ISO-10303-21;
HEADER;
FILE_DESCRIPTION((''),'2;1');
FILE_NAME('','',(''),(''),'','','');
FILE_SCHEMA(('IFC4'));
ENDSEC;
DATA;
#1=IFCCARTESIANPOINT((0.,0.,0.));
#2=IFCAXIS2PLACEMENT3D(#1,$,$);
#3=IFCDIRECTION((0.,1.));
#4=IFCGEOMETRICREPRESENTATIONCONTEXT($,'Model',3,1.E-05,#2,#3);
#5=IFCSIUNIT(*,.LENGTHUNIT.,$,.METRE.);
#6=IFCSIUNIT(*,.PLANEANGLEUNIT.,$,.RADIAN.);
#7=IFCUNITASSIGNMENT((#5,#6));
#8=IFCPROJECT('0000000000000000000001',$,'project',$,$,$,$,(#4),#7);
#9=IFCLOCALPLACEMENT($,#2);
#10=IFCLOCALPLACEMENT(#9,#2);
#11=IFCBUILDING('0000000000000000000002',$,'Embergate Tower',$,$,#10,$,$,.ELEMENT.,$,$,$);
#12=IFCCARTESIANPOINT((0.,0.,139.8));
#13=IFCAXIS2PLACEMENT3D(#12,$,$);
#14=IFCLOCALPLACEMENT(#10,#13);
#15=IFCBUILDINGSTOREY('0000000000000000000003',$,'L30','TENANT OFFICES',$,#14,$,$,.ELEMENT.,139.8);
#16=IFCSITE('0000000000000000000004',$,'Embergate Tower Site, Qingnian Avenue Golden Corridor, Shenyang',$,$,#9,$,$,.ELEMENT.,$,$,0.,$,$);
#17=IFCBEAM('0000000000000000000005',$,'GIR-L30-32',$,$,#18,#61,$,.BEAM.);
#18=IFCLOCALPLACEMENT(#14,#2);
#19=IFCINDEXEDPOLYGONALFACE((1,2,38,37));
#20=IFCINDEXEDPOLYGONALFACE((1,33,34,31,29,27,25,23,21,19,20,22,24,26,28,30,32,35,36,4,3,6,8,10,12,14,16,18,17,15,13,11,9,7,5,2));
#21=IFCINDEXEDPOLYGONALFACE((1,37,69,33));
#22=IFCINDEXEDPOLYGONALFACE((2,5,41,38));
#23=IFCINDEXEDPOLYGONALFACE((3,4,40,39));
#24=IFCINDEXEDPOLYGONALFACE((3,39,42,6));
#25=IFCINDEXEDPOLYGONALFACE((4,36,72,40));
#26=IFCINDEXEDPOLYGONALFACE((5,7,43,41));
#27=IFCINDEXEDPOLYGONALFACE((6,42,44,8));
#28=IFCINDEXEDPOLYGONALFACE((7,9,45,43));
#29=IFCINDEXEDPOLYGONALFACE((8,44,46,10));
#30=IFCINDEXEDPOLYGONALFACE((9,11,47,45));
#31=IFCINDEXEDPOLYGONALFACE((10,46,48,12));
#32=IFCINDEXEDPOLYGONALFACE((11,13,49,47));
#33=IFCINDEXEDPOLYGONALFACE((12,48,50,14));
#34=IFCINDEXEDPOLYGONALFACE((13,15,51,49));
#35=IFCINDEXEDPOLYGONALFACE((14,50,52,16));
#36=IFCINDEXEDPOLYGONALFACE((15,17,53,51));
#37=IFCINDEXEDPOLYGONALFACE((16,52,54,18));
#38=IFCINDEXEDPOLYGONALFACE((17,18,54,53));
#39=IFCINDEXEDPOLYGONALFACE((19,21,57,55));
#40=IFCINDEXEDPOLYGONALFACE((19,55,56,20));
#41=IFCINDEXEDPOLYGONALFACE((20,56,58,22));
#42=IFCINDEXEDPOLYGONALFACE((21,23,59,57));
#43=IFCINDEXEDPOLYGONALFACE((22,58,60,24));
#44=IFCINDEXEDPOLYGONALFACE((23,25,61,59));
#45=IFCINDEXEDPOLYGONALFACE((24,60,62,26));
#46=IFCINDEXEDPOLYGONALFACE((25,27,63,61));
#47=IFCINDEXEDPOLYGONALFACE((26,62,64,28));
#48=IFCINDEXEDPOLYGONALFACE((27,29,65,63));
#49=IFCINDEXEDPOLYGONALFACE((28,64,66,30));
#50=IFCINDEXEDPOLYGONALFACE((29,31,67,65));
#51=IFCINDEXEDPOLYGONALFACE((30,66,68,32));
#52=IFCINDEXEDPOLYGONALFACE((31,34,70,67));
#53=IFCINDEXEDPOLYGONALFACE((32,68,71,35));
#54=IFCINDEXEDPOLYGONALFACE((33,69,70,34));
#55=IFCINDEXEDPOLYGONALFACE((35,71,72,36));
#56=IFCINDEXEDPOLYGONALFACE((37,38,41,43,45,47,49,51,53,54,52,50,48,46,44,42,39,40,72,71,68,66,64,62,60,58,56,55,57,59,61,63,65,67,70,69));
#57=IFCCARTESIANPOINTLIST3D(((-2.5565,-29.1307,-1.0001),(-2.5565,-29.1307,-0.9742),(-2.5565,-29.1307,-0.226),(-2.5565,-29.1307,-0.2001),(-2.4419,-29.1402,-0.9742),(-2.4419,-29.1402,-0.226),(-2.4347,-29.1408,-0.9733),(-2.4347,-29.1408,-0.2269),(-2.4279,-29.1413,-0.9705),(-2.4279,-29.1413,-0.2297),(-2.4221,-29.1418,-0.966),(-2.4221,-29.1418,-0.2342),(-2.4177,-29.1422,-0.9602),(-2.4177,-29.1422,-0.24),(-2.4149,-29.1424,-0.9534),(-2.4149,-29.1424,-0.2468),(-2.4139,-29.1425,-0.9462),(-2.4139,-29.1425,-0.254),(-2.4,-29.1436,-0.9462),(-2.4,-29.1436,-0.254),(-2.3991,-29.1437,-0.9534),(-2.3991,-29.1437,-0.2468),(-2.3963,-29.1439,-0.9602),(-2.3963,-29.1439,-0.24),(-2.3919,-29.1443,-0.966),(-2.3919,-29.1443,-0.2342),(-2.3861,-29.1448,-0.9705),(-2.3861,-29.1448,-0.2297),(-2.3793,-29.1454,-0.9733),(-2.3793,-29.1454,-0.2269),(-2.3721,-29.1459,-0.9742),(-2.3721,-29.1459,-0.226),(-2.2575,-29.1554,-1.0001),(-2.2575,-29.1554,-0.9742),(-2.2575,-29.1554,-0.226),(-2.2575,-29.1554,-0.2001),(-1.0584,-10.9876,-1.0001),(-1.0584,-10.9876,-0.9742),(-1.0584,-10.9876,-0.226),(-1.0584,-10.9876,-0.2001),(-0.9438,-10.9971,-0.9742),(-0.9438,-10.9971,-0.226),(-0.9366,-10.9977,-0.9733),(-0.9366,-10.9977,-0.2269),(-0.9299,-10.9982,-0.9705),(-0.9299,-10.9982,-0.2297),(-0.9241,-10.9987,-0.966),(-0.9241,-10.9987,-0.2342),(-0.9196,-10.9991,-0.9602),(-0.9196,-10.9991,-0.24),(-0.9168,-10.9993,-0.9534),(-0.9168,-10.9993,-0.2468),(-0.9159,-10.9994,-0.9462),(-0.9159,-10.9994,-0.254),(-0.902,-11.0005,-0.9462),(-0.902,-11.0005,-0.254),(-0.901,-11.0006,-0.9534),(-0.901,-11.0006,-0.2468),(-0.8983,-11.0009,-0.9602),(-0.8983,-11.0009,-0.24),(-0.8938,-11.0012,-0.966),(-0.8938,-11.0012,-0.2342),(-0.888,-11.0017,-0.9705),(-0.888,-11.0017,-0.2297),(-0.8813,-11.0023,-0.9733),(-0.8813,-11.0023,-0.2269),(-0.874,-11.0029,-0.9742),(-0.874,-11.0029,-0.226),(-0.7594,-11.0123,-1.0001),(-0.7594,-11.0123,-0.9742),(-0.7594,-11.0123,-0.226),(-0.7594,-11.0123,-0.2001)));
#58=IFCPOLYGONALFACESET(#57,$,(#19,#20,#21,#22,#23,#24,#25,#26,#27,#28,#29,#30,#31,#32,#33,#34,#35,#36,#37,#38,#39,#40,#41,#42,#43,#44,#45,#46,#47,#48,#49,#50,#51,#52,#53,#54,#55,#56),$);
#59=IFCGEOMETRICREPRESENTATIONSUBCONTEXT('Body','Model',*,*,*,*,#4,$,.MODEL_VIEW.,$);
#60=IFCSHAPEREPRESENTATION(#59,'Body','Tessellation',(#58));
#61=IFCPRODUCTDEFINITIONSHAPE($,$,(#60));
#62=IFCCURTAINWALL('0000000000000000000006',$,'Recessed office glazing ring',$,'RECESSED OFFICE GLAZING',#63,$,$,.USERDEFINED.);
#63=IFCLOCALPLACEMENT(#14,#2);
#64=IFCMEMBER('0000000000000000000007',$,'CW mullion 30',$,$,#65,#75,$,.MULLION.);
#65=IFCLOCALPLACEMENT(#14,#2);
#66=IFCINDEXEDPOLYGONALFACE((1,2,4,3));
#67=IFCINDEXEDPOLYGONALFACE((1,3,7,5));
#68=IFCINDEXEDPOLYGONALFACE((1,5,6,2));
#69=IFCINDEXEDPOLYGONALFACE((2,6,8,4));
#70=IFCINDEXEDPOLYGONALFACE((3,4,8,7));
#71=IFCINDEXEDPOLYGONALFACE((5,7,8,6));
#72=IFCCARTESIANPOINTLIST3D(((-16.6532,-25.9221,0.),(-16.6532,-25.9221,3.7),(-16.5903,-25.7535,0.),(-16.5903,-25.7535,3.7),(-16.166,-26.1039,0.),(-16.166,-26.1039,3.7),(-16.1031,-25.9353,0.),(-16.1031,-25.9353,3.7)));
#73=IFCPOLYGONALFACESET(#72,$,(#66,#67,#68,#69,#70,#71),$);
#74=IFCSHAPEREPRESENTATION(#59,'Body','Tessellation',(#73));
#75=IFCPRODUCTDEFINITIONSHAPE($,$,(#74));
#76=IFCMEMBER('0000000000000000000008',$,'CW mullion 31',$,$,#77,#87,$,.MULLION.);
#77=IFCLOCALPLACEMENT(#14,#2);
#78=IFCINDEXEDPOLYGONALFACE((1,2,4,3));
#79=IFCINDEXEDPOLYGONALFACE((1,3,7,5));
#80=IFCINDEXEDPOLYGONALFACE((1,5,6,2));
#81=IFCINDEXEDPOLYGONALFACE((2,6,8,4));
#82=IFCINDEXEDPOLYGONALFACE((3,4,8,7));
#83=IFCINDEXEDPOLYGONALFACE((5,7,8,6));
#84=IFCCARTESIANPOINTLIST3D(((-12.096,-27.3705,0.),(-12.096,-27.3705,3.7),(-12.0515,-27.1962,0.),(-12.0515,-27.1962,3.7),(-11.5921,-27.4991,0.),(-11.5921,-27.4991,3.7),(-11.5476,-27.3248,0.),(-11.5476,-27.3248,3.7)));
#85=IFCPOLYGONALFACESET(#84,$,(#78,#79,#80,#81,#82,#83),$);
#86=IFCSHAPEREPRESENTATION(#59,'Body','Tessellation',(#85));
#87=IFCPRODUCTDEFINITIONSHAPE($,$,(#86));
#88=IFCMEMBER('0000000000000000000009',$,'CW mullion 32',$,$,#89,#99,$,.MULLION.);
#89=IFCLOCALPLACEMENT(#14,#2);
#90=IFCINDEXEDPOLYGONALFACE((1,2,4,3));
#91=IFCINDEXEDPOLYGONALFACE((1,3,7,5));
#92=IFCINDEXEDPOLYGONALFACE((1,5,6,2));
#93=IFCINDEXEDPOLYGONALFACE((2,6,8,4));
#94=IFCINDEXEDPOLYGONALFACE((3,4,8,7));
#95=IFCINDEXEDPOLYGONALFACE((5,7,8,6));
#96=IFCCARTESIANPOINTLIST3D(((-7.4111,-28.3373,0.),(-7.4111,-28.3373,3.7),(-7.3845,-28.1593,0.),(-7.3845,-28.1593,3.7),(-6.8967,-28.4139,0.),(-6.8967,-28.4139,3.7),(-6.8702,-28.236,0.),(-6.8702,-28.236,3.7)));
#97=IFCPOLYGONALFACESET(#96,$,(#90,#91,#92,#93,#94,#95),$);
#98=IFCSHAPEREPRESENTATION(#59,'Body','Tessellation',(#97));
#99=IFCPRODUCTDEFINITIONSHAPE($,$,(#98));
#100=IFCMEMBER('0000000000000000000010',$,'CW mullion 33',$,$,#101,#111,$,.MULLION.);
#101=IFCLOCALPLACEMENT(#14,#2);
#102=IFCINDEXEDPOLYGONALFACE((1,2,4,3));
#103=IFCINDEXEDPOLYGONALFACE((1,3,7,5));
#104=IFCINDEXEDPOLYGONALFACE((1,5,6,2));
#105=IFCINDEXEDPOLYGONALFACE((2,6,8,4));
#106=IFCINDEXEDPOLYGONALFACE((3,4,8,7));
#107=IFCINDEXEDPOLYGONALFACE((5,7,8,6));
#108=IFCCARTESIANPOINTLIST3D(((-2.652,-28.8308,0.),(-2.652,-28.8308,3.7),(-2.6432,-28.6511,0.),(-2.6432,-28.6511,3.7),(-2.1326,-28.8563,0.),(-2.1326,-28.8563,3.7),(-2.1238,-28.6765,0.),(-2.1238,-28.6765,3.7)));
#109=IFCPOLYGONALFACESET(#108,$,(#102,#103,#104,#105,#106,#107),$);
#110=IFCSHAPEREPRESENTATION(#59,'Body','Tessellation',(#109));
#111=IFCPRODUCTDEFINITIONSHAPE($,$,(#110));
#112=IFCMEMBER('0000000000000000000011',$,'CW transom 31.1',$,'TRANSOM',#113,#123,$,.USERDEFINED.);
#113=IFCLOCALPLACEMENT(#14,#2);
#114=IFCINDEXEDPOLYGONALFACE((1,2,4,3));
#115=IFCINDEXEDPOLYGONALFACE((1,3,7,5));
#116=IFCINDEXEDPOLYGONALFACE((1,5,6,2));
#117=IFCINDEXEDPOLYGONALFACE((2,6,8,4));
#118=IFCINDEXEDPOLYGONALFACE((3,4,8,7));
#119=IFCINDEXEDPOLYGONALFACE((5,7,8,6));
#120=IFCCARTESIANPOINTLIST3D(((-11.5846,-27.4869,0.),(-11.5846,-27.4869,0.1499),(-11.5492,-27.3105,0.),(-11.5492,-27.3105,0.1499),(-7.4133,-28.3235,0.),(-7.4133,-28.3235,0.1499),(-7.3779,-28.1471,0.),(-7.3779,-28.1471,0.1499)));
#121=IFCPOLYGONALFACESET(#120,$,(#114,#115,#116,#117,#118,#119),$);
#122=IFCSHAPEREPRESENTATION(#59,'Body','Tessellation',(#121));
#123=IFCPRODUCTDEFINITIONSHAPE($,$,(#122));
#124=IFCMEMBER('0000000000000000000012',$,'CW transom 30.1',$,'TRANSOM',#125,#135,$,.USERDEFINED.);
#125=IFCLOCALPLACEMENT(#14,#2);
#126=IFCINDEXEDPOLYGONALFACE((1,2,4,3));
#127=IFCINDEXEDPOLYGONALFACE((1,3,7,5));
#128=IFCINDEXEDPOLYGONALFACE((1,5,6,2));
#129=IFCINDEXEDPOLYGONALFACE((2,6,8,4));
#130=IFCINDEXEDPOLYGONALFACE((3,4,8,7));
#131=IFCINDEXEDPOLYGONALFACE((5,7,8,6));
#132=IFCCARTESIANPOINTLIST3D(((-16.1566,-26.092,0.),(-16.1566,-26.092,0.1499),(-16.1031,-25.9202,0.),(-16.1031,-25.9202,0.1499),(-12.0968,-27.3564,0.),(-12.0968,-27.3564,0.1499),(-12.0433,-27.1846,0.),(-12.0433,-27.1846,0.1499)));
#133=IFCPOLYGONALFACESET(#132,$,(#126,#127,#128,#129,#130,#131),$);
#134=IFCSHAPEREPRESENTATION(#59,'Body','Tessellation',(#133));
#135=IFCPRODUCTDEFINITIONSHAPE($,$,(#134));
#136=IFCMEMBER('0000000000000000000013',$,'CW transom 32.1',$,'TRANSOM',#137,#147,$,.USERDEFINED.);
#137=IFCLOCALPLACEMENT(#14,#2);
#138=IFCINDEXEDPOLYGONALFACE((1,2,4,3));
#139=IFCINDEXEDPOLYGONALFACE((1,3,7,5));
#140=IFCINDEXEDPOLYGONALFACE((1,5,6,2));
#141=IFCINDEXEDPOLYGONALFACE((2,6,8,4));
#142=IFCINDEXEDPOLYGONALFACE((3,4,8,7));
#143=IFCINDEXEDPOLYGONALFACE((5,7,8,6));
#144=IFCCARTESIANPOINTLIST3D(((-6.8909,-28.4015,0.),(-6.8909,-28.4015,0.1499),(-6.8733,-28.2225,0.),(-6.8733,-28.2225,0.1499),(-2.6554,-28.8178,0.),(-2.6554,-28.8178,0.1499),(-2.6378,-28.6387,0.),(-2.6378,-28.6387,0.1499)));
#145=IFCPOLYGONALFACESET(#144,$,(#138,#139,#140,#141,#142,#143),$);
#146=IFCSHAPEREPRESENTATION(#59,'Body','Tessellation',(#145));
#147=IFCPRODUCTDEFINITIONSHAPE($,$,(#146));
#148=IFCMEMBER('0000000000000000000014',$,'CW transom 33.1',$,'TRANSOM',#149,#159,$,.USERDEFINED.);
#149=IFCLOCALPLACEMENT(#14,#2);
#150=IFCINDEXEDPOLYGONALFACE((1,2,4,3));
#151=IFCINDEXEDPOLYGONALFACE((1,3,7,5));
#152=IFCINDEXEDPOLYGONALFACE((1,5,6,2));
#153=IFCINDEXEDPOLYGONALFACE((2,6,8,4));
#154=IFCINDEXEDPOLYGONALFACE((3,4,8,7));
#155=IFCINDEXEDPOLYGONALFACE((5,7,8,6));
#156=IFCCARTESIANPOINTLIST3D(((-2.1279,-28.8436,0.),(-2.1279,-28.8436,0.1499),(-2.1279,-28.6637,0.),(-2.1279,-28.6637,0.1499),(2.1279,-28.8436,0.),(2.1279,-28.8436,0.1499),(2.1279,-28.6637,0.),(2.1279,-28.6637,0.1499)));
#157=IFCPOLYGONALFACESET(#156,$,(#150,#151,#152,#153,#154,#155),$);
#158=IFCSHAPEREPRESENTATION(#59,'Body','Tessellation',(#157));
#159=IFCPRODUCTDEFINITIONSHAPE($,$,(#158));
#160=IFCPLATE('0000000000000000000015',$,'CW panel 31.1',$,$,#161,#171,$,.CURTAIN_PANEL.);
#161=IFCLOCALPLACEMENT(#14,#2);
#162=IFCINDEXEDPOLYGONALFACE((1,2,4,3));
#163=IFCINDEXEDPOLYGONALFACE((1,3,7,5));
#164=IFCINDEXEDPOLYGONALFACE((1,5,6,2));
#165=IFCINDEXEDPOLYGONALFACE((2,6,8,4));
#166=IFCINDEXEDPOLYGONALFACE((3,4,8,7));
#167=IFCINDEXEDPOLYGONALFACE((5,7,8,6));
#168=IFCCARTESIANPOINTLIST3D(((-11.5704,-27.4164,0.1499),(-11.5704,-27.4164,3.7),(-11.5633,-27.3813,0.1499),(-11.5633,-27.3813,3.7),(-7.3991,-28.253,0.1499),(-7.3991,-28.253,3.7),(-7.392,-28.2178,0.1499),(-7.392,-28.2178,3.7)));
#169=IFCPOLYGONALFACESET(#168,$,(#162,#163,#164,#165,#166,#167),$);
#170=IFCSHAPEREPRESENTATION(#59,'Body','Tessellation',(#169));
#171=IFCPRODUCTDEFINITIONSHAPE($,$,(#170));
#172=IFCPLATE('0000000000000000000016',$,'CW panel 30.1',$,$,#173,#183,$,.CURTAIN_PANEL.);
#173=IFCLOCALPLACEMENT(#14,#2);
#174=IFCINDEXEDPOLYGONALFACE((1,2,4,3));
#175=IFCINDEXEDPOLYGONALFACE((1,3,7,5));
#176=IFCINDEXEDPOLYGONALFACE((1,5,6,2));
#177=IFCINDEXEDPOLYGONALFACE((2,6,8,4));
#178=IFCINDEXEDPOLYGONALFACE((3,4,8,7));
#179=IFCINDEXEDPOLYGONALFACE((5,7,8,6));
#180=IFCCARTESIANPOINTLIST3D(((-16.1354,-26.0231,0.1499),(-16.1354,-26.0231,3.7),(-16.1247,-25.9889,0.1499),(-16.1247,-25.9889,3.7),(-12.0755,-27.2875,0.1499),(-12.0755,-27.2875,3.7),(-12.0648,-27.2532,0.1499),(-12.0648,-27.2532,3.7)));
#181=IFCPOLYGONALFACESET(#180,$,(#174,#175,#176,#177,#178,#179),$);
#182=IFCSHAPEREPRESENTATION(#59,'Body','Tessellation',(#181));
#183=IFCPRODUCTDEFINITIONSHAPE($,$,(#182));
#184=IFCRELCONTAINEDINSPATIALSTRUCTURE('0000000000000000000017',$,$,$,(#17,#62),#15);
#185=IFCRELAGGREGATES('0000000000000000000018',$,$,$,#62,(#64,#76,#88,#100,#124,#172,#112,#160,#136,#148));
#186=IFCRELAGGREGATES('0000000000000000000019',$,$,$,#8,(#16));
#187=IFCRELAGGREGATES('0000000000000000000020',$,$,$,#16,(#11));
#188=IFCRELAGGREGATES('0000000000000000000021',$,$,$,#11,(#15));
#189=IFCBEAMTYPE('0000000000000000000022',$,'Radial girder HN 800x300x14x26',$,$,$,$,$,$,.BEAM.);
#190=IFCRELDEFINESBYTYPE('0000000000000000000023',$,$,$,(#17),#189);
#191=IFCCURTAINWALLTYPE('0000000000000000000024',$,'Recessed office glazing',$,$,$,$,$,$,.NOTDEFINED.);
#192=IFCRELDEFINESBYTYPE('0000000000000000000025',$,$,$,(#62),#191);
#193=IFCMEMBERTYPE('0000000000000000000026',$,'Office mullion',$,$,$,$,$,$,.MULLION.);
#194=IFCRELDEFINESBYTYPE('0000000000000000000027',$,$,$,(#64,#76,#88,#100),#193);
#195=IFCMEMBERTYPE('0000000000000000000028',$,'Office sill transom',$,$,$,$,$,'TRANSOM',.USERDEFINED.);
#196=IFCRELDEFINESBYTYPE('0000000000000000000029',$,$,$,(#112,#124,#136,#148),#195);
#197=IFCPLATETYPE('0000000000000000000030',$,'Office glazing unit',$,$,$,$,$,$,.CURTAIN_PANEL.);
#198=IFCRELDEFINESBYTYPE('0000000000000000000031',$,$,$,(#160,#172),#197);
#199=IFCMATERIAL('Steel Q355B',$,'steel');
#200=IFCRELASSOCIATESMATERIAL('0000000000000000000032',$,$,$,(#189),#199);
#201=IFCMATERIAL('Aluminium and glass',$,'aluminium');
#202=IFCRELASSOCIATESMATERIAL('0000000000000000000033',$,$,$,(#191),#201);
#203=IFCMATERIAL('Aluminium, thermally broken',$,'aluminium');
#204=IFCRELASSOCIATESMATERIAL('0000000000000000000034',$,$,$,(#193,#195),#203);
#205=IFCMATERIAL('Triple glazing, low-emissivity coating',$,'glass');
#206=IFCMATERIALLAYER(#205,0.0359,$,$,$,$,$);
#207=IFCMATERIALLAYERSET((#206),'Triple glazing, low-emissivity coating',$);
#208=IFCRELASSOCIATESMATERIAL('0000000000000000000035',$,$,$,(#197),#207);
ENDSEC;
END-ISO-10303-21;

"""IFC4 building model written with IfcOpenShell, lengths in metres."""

from ifc_helpers import new_model, si_unit, direction, frame, origin, origin_2d, place, context, subcontext, project, spatial, rectangle, i_section, extrude, source, transform, mapped, material, layer, layer_set, material_profile, profile_set, type_object, element, aggregate, save


model = new_model("IFC4")

# Units and contexts
model_context = context("Model", 3, precision=1e-05, world=origin(), true_north=direction((0.0, 1.0)))
body_context = subcontext(model_context, "Body", "Model", "MODEL_VIEW")
ifc_project = project(units=[si_unit("LENGTHUNIT", "METRE"), si_unit("PLANEANGLEUNIT", "RADIAN")], contexts=[model_context])

# Site, building, storey
site_placement = place(None, origin())
site = spatial("IfcSite", under=ifc_project, at=site_placement, Name="Embergate Tower Site, Qingnian Avenue Golden Corridor, Shenyang", CompositionType="ELEMENT", RefElevation=0.0)
building_placement = place(site_placement, origin())
building = spatial("IfcBuilding", under=site, at=building_placement, Name="Embergate Tower", CompositionType="ELEMENT")
storey_placement = place(building_placement, frame((0.0, 0.0, 139.8)))
storey = spatial("IfcBuildingStorey", under=building, at=storey_placement, Name="L30", Description="TENANT OFFICES", CompositionType="ELEMENT", Elevation=139.8)

# Beam
ifc_material_1 = material(Name="Steel Q355B", Category="steel")
ifc_material_profile_1 = material_profile(ifc_material_1, i_section(OverallWidth=0.3, OverallDepth=0.8, WebThickness=0.0139, FlangeThickness=0.0259, FilletRadius=0.0281, at=origin_2d()), Name="HN 800x300x14x26")
ifc_profile_set_1 = profile_set([ifc_material_profile_1], Name="Steel Q355 grade B")
beam_type_1 = type_object("IfcBeamType", Name="Radial girder HN 800x300x14x26", PredefinedType="BEAM", material=ifc_profile_set_1)
shared_shape_1 = source(origin(), body_context, "Body", "SweptSolid", [
    extrude(i_section(OverallWidth=0.3, OverallDepth=0.8, WebThickness=0.0139, FlangeThickness=0.0259, FilletRadius=0.0281, at=origin_2d()), origin(), (0.0, 0.0, 1.0), 18.2048),
])
beam_1_placement = place(storey_placement, frame((-2.407, -29.1431, -0.6001), z_axis=(0.082289, 0.996609, 0.0), x_axis=(-0.996609, 0.082289, 0.0)))
element("IfcBeam", 1, at=beam_1_placement, inside=storey, type_object=beam_type_1, Name="GIR-L30-32", PredefinedType="BEAM", context=body_context, shape_type="MappedRepresentation", body=[
    mapped(shared_shape_1, transform((0.0, 0.0, 0.0))),
])

# Curtain wall, members, plates
ifc_material_2 = material(Name="Aluminium and glass", Category="aluminium")
curtain_wall_type = type_object("IfcCurtainWallType", Name="Recessed office glazing", PredefinedType="NOTDEFINED", material=ifc_material_2)
curtain_wall_placement = place(storey_placement, origin())
curtain_wall = element("IfcCurtainWall", 2, at=curtain_wall_placement, inside=storey, type_object=curtain_wall_type, Name="Recessed office glazing ring", ObjectType="RECESSED OFFICE GLAZING", PredefinedType="USERDEFINED")
ifc_material_3 = material(Name="Aluminium, thermally broken", Category="aluminium")
ifc_material_profile_2 = material_profile(ifc_material_3, rectangle(XDim=0.1799, YDim=0.52, at=origin_2d()), Name="AL 520x180")
ifc_profile_set_2 = profile_set([ifc_material_profile_2], Name="Aluminium, thermally broken")
member_type_1 = type_object("IfcMemberType", Name="Office mullion", PredefinedType="MULLION", material=ifc_profile_set_2)
shared_shape_2 = source(origin(), body_context, "Body", "SweptSolid", [
    extrude(rectangle(XDim=0.1799, YDim=0.52, at=origin_2d()), origin(), (0.0, 0.0, 1.0), 3.7),
])
member_1_placement = place(storey_placement, frame((-16.3782, -25.9287, 0.0), z_axis=(0.0, 0.0, 1.0), x_axis=(0.349501, 0.936936, 0.0)))
member_1 = element("IfcMember", 3, at=member_1_placement, type_object=member_type_1, Name="CW mullion 30", PredefinedType="MULLION", context=body_context, shape_type="MappedRepresentation", body=[
    mapped(shared_shape_2, transform((0.0, 0.0, 0.0))),
])
member_2_placement = place(storey_placement, frame((-11.8218, -27.3477, 0.0), z_axis=(0.0, 0.0, 1.0), x_axis=(0.24731, 0.968936, 0.0)))
member_2 = element("IfcMember", 4, at=member_2_placement, type_object=member_type_1, Name="CW mullion 31", PredefinedType="MULLION", context=body_context, shape_type="MappedRepresentation", body=[
    mapped(shared_shape_2, transform((0.0, 0.0, 0.0))),
])
member_3_placement = place(storey_placement, frame((-7.1406, -28.2866, 0.0), z_axis=(0.0, 0.0, 1.0), x_axis=(0.147411, 0.989075, 0.0)))
member_3 = element("IfcMember", 5, at=member_3_placement, type_object=member_type_1, Name="CW mullion 32", PredefinedType="MULLION", context=body_context, shape_type="MappedRepresentation", body=[
    mapped(shared_shape_2, transform((0.0, 0.0, 0.0))),
])
member_4_placement = place(storey_placement, frame((-2.3879, -28.7537, 0.0), z_axis=(0.0, 0.0, 1.0), x_axis=(0.048972, 0.9988, 0.0)))
member_4 = element("IfcMember", 6, at=member_4_placement, type_object=member_type_1, Name="CW mullion 33", PredefinedType="MULLION", context=body_context, shape_type="MappedRepresentation", body=[
    mapped(shared_shape_2, transform((0.0, 0.0, 0.0))),
])
ifc_material_profile_3 = material_profile(ifc_material_3, rectangle(XDim=0.1799, YDim=0.1499, at=origin_2d()), Name="AL 150x180")
ifc_profile_set_3 = profile_set([ifc_material_profile_3], Name="Aluminium, thermally broken")
member_type_2 = type_object("IfcMemberType", Name="Office sill transom", ElementType="TRANSOM", PredefinedType="USERDEFINED", material=ifc_profile_set_3)
shared_shape_3 = source(origin(), body_context, "Body", "SweptSolid", [
    extrude(rectangle(XDim=0.1799, YDim=0.1499, at=origin_2d()), origin(), (0.0, 0.0, 1.0), 4.2544),
])
member_5_placement = place(storey_placement, frame((-11.5669, -27.3987, 0.075), z_axis=(0.980472, -0.196657, 0.0), x_axis=(0.196657, 0.980472, 0.0)))
member_5 = element("IfcMember", 7, at=member_5_placement, type_object=member_type_2, Name="CW transom 31.1", ObjectType="TRANSOM", PredefinedType="USERDEFINED", context=body_context, shape_type="MappedRepresentation", body=[
    mapped(shared_shape_3, transform((0.0, 0.0, 0.0))),
])
shared_shape_4 = source(origin(), body_context, "Body", "SweptSolid", [
    extrude(rectangle(XDim=0.1799, YDim=0.1499, at=origin_2d()), origin(), (0.0, 0.0, 1.0), 4.2522),
])
member_6_placement = place(storey_placement, frame((-16.1299, -26.0061, 0.075), z_axis=(0.954767, -0.297356, 0.0), x_axis=(0.297356, 0.954767, 0.0)))
member_6 = element("IfcMember", 8, at=member_6_placement, type_object=member_type_2, Name="CW transom 30.1", ObjectType="TRANSOM", PredefinedType="USERDEFINED", context=body_context, shape_type="MappedRepresentation", body=[
    mapped(shared_shape_4, transform((0.0, 0.0, 0.0))),
])
shared_shape_5 = source(origin(), body_context, "Body", "SweptSolid", [
    extrude(rectangle(XDim=0.1799, YDim=0.1499, at=origin_2d()), origin(), (0.0, 0.0, 1.0), 4.2559),
])
member_7_placement = place(storey_placement, frame((-6.8821, -28.312, 0.075), z_axis=(0.995205, -0.097811, 0.0), x_axis=(0.097811, 0.995205, 0.0)))
member_7 = element("IfcMember", 9, at=member_7_placement, type_object=member_type_2, Name="CW transom 32.1", ObjectType="TRANSOM", PredefinedType="USERDEFINED", context=body_context, shape_type="MappedRepresentation", body=[
    mapped(shared_shape_5, transform((0.0, 0.0, 0.0))),
])
member_8_placement = place(storey_placement, frame((-2.1279, -28.7537, 0.075), z_axis=(1.0, 0.0, 0.0), x_axis=(0.0, 1.0, 0.0)))
member_8 = element("IfcMember", 10, at=member_8_placement, type_object=member_type_2, Name="CW transom 33.1", ObjectType="TRANSOM", PredefinedType="USERDEFINED", context=body_context, shape_type="MappedRepresentation", body=[
    mapped(shared_shape_5, transform((0.0, 0.0, 0.0))),
])
ifc_material_4 = material(Name="Triple glazing, low-emissivity coating", Category="glass")
ifc_layer_1 = layer(ifc_material_4, 0.0359)
ifc_layer_set_1 = layer_set([ifc_layer_1], Name="Triple glazing, low-emissivity coating")
plate_type = type_object("IfcPlateType", Name="Office glazing unit", PredefinedType="CURTAIN_PANEL", material=ifc_layer_set_1)
shared_shape_6 = source(origin(), body_context, "Body", "SweptSolid", [
    extrude(rectangle(XDim=4.2544, YDim=0.0359, at=origin_2d()), origin(), (0.0, 0.0, 1.0), 3.55),
])
plate_1_placement = place(storey_placement, frame((-9.4812, -27.8171, 0.1499), z_axis=(0.0, 0.0, 1.0), x_axis=(0.980476, -0.196638, 0.0)))
plate_1 = element("IfcPlate", 11, at=plate_1_placement, type_object=plate_type, Name="CW panel 31.1", PredefinedType="CURTAIN_PANEL", context=body_context, shape_type="MappedRepresentation", body=[
    mapped(shared_shape_6, transform((0.0, 0.0, 0.0))),
])
shared_shape_7 = source(origin(), body_context, "Body", "SweptSolid", [
    extrude(rectangle(XDim=4.2522, YDim=0.0359, at=origin_2d()), origin(), (0.0, 0.0, 1.0), 3.55),
])
plate_2_placement = place(storey_placement, frame((-14.1001, -26.6382, 0.1499), z_axis=(0.0, 0.0, 1.0), x_axis=(0.954773, -0.297337, 0.0)))
plate_2 = element("IfcPlate", 12, at=plate_2_placement, type_object=plate_type, Name="CW panel 30.1", PredefinedType="CURTAIN_PANEL", context=body_context, shape_type="MappedRepresentation", body=[
    mapped(shared_shape_7, transform((0.0, 0.0, 0.0))),
])
aggregate(curtain_wall, [member_1, member_2, member_3, member_4, member_6, plate_2, member_5, plate_1, member_7, member_8])

save(model, "model.ifc")
